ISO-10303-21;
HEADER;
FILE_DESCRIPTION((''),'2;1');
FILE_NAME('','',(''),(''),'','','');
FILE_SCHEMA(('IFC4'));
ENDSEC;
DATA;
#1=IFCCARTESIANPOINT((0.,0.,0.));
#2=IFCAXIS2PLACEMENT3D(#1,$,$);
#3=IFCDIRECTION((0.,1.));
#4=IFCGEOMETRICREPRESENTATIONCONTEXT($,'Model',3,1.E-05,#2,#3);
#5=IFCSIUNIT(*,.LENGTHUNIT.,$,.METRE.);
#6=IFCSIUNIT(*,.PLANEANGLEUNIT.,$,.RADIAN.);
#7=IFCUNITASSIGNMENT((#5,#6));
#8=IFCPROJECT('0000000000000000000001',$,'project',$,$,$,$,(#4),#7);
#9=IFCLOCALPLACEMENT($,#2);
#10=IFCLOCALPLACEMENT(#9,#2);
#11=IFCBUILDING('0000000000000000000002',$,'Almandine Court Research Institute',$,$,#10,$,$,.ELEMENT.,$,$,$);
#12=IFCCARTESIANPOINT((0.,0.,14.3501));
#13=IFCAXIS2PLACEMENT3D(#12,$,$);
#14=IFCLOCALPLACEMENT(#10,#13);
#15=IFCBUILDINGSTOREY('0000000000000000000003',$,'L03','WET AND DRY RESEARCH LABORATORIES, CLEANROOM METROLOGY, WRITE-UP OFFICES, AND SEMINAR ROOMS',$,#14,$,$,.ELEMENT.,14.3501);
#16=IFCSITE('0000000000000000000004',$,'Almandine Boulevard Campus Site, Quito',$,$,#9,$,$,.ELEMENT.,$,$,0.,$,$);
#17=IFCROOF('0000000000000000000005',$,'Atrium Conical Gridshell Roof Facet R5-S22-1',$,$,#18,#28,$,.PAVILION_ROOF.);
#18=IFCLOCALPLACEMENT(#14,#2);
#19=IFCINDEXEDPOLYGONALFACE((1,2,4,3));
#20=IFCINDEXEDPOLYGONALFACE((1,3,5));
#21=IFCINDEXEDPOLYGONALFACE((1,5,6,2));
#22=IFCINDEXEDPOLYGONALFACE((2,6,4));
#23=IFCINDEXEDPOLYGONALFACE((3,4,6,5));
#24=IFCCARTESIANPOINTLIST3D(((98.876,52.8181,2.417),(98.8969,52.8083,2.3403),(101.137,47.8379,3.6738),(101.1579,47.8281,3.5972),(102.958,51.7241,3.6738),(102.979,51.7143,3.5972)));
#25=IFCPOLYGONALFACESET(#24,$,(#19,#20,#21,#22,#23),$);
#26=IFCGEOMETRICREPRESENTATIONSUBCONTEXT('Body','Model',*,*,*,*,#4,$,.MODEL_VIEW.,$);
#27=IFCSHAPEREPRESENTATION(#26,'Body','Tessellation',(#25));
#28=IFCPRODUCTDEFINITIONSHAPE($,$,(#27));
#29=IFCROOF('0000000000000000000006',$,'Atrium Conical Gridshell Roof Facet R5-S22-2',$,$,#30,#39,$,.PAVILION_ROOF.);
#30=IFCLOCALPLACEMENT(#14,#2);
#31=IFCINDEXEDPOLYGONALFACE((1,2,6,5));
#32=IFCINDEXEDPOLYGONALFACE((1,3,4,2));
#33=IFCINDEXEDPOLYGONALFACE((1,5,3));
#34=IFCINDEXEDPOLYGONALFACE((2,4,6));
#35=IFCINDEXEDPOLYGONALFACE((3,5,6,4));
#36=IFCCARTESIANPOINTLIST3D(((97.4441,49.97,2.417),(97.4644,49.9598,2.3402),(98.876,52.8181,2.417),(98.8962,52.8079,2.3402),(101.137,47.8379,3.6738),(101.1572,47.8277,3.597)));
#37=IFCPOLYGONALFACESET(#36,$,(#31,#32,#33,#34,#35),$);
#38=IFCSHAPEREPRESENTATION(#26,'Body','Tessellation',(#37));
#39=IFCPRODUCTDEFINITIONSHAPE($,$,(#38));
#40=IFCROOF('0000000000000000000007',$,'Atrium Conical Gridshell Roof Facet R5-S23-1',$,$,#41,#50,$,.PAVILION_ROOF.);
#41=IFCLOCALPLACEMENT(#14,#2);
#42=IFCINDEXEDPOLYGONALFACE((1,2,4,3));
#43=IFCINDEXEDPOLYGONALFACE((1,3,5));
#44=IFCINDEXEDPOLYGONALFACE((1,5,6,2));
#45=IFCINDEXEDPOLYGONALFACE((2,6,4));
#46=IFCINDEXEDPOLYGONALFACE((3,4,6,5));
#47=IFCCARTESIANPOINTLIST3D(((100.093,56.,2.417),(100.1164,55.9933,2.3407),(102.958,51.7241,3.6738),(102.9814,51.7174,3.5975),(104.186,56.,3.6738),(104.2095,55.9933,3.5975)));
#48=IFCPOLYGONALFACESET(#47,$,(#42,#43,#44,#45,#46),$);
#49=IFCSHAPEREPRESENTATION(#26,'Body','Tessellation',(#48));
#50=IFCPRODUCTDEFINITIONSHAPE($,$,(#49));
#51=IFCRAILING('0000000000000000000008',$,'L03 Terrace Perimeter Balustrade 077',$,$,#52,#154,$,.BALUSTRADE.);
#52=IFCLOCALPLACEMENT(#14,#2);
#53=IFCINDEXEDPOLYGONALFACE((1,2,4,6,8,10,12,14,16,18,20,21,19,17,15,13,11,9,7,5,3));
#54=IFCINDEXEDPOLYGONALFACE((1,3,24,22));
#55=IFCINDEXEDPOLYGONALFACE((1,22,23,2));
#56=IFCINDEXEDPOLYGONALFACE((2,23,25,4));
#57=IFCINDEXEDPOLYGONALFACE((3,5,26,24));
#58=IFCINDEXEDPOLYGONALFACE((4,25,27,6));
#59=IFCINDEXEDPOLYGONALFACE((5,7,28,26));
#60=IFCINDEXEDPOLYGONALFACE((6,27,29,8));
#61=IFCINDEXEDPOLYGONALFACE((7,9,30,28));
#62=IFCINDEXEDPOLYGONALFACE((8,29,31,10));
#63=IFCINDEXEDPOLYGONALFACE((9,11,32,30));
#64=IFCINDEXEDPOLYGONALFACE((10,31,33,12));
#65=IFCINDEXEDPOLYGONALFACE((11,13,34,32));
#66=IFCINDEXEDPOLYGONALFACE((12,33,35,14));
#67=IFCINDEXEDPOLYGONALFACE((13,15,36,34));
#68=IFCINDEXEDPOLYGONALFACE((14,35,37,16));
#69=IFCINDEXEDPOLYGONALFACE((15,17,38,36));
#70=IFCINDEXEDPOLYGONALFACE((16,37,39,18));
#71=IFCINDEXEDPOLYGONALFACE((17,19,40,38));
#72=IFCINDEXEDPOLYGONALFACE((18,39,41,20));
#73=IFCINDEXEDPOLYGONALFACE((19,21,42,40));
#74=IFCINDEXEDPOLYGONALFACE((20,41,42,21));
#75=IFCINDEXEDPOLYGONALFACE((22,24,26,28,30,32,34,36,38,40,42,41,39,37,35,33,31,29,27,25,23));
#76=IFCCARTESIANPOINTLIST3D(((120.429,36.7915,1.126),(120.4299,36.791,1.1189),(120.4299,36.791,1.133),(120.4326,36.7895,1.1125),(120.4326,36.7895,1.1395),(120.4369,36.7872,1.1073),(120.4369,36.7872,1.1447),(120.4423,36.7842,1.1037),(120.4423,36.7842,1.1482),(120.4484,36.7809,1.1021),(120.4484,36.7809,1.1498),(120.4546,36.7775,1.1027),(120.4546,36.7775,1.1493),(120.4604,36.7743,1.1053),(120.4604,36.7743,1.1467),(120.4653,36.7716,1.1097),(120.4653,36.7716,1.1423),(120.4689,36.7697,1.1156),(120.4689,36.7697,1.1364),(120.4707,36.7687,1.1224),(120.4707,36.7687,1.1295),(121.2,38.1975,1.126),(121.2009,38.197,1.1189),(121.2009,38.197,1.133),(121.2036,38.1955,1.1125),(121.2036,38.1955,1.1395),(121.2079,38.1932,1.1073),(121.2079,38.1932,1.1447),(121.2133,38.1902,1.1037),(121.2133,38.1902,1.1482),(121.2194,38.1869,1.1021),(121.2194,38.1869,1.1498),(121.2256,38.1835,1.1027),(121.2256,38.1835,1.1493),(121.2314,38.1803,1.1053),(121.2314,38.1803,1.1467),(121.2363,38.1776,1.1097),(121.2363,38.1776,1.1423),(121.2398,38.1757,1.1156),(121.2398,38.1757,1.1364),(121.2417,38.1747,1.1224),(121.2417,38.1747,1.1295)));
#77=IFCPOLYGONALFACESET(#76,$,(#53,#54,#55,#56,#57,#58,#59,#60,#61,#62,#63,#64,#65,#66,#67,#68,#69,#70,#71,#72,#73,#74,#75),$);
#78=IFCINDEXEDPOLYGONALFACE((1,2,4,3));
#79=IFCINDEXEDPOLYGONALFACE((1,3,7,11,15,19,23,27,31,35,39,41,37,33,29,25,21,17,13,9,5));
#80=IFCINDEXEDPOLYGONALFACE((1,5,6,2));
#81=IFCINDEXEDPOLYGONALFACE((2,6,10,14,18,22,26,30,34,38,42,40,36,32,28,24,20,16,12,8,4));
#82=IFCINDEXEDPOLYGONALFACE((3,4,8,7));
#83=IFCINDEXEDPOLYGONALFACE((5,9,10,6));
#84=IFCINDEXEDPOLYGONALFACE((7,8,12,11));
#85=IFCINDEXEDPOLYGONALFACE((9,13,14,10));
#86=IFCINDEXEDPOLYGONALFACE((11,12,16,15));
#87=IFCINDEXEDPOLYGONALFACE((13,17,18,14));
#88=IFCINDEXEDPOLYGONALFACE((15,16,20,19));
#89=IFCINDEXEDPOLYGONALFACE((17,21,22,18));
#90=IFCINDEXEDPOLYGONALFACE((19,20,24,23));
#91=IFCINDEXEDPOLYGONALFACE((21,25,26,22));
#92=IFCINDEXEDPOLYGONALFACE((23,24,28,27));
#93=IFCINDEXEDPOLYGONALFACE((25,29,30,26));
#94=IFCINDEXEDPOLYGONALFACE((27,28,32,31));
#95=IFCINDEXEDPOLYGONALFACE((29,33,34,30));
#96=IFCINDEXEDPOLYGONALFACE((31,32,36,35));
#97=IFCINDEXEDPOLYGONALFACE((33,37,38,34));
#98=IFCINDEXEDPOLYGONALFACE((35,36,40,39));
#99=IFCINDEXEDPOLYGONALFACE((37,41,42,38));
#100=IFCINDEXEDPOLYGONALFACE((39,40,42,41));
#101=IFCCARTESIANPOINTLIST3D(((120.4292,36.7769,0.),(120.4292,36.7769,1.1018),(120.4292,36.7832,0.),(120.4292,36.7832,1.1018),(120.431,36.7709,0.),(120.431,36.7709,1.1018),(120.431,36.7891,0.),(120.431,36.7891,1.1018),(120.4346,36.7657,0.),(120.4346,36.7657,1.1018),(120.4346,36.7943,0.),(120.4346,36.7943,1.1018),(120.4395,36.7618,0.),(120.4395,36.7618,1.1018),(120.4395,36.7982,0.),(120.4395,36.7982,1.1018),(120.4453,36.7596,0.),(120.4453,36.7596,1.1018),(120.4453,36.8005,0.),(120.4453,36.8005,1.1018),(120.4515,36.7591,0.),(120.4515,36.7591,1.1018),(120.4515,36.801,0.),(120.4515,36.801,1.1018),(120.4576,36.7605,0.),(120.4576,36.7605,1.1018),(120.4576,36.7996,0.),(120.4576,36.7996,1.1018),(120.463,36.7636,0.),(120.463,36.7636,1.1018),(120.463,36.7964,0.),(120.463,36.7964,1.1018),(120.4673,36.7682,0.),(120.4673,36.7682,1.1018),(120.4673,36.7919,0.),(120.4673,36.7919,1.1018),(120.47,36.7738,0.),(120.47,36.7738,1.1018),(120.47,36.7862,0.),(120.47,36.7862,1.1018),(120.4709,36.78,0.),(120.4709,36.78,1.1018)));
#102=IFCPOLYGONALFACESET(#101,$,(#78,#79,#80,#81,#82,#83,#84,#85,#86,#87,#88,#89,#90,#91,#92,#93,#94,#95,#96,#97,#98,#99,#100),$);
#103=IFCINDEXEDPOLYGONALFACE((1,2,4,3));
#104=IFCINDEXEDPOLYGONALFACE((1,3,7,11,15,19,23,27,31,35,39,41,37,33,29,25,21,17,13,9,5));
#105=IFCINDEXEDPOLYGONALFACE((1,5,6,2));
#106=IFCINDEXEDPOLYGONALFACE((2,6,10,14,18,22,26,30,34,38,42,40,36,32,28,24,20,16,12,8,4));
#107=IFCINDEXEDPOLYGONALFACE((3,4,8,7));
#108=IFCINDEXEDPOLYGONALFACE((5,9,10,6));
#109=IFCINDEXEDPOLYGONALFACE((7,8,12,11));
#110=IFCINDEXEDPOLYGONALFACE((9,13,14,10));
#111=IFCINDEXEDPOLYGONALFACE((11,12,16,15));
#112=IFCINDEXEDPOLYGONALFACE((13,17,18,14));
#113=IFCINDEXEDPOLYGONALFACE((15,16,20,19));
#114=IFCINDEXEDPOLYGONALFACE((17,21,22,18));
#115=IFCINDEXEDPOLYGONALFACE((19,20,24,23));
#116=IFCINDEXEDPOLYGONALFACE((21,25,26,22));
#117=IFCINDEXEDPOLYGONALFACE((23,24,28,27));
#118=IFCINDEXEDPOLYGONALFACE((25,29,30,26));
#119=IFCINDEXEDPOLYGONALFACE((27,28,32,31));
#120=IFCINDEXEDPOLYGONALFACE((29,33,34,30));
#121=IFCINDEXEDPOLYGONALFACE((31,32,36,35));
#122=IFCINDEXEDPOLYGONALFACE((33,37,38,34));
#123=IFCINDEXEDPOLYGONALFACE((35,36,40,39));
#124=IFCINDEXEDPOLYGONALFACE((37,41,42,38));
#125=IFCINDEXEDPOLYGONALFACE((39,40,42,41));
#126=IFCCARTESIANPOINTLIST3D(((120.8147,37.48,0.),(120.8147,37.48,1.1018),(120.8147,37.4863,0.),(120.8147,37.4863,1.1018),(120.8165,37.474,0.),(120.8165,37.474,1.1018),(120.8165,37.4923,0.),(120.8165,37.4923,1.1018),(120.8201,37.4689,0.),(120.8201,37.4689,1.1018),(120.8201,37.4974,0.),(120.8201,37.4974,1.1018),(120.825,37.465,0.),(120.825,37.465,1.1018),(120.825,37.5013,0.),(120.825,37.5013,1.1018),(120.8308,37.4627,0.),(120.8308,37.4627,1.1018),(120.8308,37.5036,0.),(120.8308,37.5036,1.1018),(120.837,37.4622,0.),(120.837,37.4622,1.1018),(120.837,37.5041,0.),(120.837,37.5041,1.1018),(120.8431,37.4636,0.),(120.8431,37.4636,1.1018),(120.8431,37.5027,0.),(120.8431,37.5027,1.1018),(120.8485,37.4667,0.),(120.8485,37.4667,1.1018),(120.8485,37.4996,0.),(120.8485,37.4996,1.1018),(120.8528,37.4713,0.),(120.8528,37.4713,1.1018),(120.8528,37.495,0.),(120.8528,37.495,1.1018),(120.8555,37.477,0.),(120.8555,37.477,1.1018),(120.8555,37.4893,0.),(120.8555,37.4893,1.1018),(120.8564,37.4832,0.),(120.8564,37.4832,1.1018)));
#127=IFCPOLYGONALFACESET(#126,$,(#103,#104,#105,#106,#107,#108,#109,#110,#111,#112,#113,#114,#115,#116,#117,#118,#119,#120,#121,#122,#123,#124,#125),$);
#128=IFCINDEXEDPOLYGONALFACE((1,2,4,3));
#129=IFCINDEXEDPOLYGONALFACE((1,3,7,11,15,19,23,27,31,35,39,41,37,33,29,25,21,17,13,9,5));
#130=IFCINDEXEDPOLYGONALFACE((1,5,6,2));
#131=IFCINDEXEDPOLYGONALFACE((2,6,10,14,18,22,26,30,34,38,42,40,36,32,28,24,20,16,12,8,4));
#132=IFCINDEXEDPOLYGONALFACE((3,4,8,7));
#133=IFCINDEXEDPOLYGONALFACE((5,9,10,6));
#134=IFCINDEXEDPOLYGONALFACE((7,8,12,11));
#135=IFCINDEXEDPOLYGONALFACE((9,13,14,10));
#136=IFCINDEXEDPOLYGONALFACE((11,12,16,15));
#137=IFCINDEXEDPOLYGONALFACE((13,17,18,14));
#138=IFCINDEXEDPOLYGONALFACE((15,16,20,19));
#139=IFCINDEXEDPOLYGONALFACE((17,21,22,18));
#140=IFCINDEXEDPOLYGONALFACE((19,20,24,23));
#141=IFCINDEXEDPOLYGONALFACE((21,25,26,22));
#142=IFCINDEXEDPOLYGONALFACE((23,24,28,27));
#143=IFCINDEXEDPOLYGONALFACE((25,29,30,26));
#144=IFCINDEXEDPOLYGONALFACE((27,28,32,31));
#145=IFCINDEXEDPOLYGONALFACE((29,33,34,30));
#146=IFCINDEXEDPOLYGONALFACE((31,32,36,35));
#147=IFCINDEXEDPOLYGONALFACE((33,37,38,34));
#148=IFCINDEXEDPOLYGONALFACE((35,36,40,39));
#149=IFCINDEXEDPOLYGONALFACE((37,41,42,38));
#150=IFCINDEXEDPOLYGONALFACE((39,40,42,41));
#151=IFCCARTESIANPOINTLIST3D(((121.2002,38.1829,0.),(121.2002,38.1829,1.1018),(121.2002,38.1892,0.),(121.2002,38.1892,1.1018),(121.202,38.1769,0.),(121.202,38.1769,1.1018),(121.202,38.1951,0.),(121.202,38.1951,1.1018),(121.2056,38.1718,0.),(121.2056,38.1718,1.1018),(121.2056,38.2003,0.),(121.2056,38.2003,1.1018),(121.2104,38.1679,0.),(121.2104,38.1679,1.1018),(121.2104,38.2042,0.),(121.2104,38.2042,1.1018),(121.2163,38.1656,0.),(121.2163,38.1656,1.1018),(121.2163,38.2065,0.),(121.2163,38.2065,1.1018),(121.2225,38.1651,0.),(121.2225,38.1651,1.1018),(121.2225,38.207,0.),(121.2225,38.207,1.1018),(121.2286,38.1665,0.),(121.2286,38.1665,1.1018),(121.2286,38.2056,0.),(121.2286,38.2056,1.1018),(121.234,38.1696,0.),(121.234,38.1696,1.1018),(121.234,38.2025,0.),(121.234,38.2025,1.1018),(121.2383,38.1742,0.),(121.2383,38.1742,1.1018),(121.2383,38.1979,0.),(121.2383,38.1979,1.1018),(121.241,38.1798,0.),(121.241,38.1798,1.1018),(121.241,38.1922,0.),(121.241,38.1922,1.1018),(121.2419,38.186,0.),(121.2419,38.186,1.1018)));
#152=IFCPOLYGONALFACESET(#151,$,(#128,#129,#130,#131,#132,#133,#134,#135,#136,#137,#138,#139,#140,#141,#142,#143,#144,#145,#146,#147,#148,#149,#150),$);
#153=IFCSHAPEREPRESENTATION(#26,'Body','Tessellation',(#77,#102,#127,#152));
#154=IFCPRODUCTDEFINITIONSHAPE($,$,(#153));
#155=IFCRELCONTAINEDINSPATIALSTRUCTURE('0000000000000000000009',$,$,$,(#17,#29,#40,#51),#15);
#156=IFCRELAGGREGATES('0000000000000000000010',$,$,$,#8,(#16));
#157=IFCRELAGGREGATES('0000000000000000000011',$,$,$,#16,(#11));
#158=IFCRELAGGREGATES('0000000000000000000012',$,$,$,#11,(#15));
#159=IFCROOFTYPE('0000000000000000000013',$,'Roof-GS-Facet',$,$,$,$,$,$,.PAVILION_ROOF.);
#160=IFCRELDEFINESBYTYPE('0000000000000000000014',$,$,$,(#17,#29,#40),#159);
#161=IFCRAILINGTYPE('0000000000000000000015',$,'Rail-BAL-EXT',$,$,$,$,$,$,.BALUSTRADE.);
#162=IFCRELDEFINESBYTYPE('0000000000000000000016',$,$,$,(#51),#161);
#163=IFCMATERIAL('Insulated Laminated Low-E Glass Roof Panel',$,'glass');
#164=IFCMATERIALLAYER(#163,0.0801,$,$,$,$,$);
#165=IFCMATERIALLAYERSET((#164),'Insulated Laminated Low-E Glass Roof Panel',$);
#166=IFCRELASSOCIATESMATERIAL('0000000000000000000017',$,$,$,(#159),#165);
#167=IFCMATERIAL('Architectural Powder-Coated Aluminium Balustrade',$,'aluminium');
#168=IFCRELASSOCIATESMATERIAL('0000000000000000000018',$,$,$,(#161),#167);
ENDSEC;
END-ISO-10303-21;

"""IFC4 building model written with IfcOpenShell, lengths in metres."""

from ifc_helpers import new_model, si_unit, direction, frame, origin, origin_2d, place, context, subcontext, project, spatial, polyline, circle, outline, extrude, material, layer, layer_set, type_object, element, save


model = new_model("IFC4")

# Units and contexts
model_context = context("Model", 3, precision=1e-05, world=origin(), true_north=direction((0.0, 1.0)))
body_context = subcontext(model_context, "Body", "Model", "MODEL_VIEW")
ifc_project = project(units=[si_unit("LENGTHUNIT", "METRE"), si_unit("PLANEANGLEUNIT", "RADIAN")], contexts=[model_context])

# Site, building, storey
site_placement = place(None, origin())
site = spatial("IfcSite", under=ifc_project, at=site_placement, Name="Almandine Boulevard Campus Site, Quito", CompositionType="ELEMENT", RefElevation=0.0)
building_placement = place(site_placement, origin())
building = spatial("IfcBuilding", under=site, at=building_placement, Name="Almandine Court Research Institute", CompositionType="ELEMENT")
storey_placement = place(building_placement, frame((0.0, 0.0, 14.3501)))
storey = spatial("IfcBuildingStorey", under=building, at=storey_placement, Name="L03", Description="WET AND DRY RESEARCH LABORATORIES, CLEANROOM METROLOGY, WRITE-UP OFFICES, AND SEMINAR ROOMS", CompositionType="ELEMENT", Elevation=14.3501)

# Roofs
ifc_material_1 = material(Name="Insulated Laminated Low-E Glass Roof Panel", Category="glass")
ifc_layer_1 = layer(ifc_material_1, 0.0801)
ifc_layer_set_1 = layer_set([ifc_layer_1], Name="Insulated Laminated Low-E Glass Roof Panel")
roof_type = type_object("IfcRoofType", Name="Roof-GS-Facet", PredefinedType="PAVILION_ROOF", material=ifc_layer_set_1)
roof_1_placement = place(storey_placement, frame((101.137, 47.8379, 3.6738), z_axis=(-0.261855, 0.122703, 0.957275), x_axis=(0.424314, 0.905515, 0.0)))
element("IfcRoof", 1, at=roof_1_placement, inside=storey, type_object=roof_type, Name="Atrium Conical Gridshell Roof Facet R5-S22-1", PredefinedType="PAVILION_ROOF", context=body_context, shape_type="SweptSolid", body=[
    extrude(outline(polyline([(0.0, 0.0), (4.2917, 0.0), (3.5503, 4.3462), (0.0, 0.0)])), origin(), (0.0, 0.0, -1.0), 0.0801),
])
roof_2_placement = place(storey_placement, frame((101.137, 47.8379, 3.6738), z_axis=(-0.252982, 0.127185, 0.959075), x_axis=(-0.402886, 0.887427, -0.223956)))
element("IfcRoof", 2, at=roof_2_placement, inside=storey, type_object=roof_type, Name="Atrium Conical Gridshell Roof Facet R5-S22-2", PredefinedType="PAVILION_ROOF", context=body_context, shape_type="SweptSolid", body=[
    extrude(outline(polyline([(0.0, 0.0), (5.612, 0.0), (3.6613, 2.5214), (0.0, 0.0)])), origin(), (0.0, 0.0, -1.0), 0.0801),
])
roof_3_placement = place(storey_placement, frame((102.958, 51.7241, 3.6738), z_axis=(-0.292503, 0.084007, 0.952567), x_axis=(0.27604, 0.961146, 0.0)))
element("IfcRoof", 3, at=roof_3_placement, inside=storey, type_object=roof_type, Name="Atrium Conical Gridshell Roof Facet R5-S23-1", PredefinedType="PAVILION_ROOF", context=body_context, shape_type="SweptSolid", body=[
    extrude(outline(polyline([(0.0, 0.0), (4.4487, 0.0), (3.3189, 4.1299), (0.0, 0.0)])), origin(), (0.0, 0.0, -1.0), 0.0801),
])

# Railing
ifc_material_2 = material(Name="Architectural Powder-Coated Aluminium Balustrade", Category="aluminium")
railing_type = type_object("IfcRailingType", Name="Rail-BAL-EXT", PredefinedType="BALUSTRADE", material=ifc_material_2)
railing_placement = place(storey_placement, frame((120.45, 36.78, 0.0)))
element("IfcRailing", 4, at=railing_placement, inside=storey, type_object=railing_type, Name="L03 Terrace Perimeter Balustrade 077", PredefinedType="BALUSTRADE", context=body_context, shape_type="SweptSolid", body=[
    extrude(circle(Radius=0.0239, at=origin_2d()), frame((0.0, 0.0, 1.126), z_axis=(0.480814, 0.876823, 0.0), x_axis=(-0.876823, 0.480814, 0.0)), (0.0, 0.0, 1.0), 1.6035),
    extrude(circle(Radius=0.021, at=origin_2d()), origin(), (0.0, 0.0, 1.0), 1.1018),
    extrude(circle(Radius=0.021, at=origin_2d()), frame((0.3855, 0.7031, 0.0)), (0.0, 0.0, 1.0), 1.1018),
    extrude(circle(Radius=0.021, at=origin_2d()), frame((0.771, 1.406, 0.0)), (0.0, 0.0, 1.0), 1.1018),
])

save(model, "model.ifc")
